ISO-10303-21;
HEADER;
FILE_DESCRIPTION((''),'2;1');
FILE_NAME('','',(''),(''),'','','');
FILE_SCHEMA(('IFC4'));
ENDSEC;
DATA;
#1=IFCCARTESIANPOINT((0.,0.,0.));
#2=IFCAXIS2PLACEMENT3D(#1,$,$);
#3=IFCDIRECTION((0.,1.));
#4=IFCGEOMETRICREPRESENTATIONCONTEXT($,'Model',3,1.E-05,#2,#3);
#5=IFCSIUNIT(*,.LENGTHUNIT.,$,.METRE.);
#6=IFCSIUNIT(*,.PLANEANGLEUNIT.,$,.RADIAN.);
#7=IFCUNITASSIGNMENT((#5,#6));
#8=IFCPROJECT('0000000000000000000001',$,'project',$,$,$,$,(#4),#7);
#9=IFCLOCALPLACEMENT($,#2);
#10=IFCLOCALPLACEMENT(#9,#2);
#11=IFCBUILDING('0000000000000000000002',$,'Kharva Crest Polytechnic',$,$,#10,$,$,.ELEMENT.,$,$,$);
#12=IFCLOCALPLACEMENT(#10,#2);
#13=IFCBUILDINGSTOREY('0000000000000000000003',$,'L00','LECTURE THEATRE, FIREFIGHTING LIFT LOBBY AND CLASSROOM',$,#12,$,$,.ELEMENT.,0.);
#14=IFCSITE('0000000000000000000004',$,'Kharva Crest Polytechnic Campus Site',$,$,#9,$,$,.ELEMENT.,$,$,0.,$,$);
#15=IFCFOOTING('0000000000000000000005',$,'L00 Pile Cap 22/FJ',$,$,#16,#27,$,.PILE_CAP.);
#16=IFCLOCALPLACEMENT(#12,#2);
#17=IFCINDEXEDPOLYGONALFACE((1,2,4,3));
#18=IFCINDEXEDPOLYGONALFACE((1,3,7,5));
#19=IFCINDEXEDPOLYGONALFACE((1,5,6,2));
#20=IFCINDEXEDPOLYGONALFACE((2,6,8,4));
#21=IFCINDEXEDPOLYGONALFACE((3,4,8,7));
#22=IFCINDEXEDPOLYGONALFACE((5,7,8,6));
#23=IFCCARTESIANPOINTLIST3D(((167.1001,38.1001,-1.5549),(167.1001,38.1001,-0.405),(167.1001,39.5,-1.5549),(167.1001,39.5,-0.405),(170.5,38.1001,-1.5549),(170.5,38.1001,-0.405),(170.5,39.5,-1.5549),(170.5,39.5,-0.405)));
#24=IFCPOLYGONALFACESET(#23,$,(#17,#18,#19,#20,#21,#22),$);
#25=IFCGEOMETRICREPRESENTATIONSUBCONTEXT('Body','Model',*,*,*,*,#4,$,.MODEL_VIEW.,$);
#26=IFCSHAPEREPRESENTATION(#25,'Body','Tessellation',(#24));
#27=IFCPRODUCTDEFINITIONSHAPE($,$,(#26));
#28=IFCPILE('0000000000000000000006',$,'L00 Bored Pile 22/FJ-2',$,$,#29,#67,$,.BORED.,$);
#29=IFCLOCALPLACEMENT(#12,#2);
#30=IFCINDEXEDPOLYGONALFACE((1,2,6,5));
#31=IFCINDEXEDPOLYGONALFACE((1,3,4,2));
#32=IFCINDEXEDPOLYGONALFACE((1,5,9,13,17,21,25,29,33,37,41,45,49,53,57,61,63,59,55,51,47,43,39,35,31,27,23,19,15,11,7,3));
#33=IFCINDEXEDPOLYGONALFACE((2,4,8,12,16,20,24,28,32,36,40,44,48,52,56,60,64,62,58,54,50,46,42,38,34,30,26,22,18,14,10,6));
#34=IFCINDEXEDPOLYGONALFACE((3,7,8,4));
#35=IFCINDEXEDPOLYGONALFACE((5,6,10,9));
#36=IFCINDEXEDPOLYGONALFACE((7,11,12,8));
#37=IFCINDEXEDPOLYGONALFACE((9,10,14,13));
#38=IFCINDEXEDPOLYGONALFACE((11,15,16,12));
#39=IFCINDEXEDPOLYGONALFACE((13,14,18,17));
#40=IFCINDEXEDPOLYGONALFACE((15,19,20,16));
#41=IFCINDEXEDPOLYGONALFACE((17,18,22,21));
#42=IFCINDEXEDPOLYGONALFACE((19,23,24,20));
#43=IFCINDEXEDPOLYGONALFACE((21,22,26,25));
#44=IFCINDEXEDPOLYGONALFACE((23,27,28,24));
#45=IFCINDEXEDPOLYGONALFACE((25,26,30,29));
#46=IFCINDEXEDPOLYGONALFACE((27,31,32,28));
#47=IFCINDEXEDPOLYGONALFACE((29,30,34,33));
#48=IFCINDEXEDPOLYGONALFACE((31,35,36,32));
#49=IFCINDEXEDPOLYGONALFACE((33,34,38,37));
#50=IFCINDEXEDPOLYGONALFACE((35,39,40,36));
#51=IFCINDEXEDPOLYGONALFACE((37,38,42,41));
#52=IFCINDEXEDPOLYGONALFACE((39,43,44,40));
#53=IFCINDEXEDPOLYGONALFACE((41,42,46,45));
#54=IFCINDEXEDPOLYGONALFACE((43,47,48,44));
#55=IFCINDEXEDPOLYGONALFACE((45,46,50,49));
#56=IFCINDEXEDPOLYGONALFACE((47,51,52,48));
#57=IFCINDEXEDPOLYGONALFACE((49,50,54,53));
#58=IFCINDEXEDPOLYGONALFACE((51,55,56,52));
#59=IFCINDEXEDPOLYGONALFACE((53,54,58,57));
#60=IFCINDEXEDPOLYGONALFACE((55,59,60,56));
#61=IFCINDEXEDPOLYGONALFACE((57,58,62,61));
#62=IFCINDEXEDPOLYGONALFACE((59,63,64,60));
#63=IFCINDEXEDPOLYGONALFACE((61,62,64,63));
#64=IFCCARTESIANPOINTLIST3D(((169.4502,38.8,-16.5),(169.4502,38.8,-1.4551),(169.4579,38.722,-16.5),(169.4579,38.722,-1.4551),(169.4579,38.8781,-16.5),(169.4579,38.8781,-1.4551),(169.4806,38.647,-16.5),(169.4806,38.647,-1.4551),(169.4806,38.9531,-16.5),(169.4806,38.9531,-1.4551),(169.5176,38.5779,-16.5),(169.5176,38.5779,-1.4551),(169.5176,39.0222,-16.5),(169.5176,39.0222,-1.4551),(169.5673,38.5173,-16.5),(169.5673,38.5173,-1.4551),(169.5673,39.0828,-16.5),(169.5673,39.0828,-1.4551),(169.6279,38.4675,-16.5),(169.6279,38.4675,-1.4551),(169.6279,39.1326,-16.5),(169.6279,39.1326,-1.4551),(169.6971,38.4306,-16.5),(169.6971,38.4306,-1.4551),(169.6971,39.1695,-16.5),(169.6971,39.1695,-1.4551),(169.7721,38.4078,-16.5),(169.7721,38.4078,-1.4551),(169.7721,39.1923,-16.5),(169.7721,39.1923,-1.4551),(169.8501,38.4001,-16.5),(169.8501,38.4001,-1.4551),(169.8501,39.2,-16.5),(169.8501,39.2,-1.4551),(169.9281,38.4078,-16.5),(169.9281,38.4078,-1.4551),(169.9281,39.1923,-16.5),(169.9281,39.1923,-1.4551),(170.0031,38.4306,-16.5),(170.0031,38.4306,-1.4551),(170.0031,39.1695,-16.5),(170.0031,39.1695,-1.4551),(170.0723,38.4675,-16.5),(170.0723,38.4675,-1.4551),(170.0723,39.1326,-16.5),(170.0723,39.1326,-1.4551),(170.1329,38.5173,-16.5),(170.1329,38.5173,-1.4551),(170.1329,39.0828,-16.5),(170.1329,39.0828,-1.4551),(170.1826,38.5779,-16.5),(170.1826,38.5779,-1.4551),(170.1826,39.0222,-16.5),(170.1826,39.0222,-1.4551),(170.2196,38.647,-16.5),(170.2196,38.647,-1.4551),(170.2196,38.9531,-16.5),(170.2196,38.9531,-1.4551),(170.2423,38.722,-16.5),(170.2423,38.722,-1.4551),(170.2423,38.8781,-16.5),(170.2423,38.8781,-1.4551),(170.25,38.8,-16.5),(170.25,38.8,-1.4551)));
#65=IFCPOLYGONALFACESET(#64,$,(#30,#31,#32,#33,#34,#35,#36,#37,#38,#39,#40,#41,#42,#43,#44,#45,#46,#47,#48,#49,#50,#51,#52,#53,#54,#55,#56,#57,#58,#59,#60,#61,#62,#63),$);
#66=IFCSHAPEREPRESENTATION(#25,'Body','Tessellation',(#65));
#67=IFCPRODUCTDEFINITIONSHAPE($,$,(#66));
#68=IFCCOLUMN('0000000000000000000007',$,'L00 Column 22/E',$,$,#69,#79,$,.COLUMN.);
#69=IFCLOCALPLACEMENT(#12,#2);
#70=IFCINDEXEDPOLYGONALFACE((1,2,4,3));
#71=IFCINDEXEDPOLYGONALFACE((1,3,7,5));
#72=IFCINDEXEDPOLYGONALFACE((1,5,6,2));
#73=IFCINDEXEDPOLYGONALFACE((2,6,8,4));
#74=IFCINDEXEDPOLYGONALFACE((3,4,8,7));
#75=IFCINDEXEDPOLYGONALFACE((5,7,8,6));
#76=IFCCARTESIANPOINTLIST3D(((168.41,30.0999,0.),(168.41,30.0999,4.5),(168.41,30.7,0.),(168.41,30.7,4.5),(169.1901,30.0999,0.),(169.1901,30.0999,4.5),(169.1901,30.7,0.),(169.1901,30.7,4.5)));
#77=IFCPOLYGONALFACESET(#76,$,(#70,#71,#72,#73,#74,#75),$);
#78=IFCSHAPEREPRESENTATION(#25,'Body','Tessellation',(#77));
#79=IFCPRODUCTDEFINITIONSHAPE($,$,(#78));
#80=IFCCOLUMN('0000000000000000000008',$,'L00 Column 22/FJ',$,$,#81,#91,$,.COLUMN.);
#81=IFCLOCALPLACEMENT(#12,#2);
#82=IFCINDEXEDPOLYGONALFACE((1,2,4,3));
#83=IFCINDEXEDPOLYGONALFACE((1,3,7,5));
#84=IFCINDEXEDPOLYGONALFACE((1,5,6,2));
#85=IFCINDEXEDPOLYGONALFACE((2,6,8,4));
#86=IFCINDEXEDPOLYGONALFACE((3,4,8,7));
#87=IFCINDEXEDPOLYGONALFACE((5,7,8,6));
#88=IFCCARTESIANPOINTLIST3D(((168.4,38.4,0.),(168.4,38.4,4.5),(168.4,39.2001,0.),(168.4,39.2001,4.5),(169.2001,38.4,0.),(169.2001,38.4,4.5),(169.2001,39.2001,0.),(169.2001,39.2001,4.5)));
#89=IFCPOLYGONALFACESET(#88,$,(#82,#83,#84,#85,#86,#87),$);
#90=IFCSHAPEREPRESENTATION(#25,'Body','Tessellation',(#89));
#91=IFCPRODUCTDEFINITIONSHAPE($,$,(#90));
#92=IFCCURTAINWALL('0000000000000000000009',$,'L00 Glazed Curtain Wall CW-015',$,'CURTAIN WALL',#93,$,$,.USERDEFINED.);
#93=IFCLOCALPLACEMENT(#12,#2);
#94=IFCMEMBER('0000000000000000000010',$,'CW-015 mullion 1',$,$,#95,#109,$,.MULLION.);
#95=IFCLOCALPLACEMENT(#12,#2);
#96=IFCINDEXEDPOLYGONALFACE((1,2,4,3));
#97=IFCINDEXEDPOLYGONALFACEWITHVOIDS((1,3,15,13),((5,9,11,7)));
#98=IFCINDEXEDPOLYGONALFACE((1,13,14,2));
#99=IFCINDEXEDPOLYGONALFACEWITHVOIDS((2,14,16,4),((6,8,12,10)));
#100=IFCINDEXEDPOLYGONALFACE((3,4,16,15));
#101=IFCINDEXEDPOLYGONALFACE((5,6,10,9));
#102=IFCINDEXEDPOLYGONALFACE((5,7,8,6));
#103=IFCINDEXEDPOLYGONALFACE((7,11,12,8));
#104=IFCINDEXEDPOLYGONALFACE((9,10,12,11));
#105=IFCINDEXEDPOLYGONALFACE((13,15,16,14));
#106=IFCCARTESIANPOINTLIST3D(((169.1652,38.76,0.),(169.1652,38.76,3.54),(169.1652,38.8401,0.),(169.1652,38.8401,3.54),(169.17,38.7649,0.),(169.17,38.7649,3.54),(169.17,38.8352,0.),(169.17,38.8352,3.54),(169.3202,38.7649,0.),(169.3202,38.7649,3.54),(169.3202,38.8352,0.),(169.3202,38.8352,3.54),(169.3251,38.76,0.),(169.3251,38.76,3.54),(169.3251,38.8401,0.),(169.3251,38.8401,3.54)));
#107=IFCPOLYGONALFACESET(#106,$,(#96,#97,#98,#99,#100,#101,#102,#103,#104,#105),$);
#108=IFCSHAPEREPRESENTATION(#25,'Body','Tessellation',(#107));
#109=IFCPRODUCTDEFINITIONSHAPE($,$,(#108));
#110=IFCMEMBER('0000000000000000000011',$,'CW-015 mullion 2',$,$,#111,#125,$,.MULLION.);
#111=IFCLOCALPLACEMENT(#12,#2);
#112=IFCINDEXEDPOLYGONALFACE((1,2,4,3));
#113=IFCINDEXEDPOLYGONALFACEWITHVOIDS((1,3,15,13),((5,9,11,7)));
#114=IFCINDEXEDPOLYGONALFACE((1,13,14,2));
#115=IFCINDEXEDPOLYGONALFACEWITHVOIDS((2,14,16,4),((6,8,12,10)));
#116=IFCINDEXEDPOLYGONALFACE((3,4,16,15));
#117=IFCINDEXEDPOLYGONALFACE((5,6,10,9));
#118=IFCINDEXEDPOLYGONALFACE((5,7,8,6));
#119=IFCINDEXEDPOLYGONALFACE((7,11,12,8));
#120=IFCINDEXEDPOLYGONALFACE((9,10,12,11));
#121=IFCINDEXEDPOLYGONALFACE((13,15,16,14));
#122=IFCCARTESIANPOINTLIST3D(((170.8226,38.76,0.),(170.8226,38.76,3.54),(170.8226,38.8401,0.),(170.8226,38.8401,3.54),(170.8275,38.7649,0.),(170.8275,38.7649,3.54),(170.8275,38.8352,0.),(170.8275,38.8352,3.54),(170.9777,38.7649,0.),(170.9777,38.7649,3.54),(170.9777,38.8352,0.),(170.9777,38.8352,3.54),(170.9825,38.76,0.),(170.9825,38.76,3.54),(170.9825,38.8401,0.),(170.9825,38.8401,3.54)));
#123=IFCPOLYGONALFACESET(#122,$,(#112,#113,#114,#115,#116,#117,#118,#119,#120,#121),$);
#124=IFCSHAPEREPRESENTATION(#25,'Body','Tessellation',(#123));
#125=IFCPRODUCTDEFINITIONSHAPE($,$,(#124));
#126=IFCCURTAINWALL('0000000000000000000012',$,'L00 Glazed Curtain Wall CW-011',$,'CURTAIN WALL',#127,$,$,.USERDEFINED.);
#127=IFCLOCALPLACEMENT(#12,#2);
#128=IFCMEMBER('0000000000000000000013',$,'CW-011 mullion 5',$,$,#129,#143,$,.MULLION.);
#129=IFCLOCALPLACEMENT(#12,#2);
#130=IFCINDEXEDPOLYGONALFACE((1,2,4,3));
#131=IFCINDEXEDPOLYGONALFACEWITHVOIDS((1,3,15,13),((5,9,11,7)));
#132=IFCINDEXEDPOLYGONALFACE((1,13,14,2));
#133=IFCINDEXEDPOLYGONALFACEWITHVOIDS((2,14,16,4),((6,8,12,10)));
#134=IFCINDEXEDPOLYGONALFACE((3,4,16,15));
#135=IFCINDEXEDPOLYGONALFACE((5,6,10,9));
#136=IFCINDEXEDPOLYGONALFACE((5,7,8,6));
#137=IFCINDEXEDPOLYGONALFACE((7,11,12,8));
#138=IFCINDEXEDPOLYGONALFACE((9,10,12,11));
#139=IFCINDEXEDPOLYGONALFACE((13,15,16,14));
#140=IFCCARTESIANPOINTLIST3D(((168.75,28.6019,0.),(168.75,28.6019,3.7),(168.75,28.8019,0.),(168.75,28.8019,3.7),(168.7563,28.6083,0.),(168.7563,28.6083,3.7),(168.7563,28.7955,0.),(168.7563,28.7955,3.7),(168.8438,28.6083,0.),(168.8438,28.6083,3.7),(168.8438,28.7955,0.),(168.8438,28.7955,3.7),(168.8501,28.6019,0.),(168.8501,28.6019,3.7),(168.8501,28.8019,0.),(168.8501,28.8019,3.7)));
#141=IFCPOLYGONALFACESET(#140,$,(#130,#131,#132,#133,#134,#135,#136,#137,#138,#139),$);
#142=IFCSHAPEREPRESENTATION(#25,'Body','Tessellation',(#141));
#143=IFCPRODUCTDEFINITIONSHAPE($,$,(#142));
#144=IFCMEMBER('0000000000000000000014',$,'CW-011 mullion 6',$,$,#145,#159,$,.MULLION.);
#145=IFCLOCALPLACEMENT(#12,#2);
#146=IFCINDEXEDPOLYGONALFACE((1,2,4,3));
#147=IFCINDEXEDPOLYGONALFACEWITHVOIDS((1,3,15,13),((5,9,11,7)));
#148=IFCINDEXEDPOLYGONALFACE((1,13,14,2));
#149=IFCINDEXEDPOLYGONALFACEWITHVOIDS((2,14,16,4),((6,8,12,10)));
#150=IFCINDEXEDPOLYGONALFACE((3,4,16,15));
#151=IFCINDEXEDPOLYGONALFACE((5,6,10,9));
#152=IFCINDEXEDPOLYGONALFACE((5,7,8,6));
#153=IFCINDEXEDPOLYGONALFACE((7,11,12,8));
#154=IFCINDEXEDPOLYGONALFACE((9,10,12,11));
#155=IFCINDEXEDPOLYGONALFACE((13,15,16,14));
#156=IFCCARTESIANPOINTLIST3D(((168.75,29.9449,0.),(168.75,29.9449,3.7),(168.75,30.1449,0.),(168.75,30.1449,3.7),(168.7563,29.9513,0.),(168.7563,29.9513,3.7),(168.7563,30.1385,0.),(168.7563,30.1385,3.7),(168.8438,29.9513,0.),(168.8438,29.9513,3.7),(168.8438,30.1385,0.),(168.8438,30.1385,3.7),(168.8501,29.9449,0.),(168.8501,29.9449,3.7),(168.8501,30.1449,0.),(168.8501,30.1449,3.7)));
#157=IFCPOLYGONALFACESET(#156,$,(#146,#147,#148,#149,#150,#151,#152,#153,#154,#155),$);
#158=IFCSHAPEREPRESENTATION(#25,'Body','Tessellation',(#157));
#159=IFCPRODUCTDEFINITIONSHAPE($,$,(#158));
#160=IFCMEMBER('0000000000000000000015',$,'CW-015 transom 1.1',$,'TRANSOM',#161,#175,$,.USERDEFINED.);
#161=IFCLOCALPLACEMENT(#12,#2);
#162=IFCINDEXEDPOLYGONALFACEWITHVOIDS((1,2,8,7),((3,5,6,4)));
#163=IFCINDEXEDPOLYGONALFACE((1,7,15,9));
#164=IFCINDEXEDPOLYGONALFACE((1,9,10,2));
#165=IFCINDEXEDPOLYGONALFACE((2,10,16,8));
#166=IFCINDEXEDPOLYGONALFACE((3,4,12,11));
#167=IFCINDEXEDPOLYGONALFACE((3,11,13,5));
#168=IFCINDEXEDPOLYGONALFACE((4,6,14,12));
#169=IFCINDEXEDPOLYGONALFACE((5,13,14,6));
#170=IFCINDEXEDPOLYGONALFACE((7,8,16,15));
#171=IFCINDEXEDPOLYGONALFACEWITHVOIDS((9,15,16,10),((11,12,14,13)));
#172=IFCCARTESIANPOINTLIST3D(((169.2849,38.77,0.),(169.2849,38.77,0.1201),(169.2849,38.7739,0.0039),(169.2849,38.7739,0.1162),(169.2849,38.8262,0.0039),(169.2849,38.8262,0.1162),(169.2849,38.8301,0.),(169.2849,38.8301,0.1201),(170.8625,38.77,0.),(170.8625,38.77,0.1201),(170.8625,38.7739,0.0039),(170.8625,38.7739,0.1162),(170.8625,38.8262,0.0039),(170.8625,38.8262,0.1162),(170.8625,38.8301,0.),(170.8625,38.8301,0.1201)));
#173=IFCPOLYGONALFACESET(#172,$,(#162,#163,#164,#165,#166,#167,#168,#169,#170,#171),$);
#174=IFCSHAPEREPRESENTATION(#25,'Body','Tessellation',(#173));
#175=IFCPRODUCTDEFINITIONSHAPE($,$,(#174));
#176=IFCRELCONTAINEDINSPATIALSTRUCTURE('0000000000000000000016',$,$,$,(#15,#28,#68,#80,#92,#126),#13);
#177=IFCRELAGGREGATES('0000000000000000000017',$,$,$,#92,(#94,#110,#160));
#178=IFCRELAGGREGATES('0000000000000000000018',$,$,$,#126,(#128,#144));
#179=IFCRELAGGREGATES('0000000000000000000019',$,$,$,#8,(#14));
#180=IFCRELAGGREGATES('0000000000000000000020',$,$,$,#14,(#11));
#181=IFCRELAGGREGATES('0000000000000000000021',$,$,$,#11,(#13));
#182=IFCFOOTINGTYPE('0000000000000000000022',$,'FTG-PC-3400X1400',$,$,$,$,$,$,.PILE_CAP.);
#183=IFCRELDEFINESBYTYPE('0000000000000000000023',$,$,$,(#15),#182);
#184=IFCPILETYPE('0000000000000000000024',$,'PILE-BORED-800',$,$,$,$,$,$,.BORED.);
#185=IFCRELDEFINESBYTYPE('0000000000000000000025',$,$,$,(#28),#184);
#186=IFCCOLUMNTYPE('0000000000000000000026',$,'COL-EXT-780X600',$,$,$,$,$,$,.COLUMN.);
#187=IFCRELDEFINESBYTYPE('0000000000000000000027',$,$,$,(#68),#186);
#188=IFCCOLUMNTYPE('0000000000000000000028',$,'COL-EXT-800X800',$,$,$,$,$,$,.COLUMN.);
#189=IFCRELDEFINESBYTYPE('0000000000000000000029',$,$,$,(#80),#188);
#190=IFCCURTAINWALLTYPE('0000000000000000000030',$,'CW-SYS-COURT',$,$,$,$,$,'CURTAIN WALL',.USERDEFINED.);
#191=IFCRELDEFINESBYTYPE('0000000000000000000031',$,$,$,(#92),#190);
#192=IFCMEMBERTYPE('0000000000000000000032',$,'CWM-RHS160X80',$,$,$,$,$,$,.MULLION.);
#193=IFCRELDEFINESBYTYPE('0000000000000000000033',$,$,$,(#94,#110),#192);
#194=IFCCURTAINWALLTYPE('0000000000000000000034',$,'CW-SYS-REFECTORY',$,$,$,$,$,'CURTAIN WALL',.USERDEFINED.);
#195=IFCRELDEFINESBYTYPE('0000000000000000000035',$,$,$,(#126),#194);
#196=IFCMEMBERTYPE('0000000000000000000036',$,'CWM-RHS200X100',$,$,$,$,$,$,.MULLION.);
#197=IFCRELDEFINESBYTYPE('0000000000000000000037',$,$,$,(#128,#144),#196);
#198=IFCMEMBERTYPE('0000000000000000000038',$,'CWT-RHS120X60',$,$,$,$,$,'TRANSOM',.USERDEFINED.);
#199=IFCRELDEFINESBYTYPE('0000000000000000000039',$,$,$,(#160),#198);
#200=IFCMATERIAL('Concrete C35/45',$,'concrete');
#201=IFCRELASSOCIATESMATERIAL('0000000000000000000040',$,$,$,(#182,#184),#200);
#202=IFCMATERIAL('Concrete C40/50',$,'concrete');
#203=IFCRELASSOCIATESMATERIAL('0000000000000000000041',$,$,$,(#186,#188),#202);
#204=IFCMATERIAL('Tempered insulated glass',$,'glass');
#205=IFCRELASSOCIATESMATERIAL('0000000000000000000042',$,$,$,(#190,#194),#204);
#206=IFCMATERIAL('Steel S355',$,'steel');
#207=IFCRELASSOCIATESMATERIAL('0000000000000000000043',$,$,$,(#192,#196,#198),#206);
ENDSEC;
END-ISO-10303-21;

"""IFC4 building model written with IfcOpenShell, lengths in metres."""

from ifc_helpers import new_model, si_unit, direction, frame, origin, origin_2d, place, context, subcontext, project, spatial, rectangle, hollow_rectangle, circle, extrude, material, material_profile, profile_set, type_object, element, aggregate, save


model = new_model("IFC4")

# Units and contexts
model_context = context("Model", 3, precision=1e-05, world=origin(), true_north=direction((0.0, 1.0)))
body_context = subcontext(model_context, "Body", "Model", "MODEL_VIEW")
ifc_project = project(units=[si_unit("LENGTHUNIT", "METRE"), si_unit("PLANEANGLEUNIT", "RADIAN")], contexts=[model_context])

# Site, building, storey
site_placement = place(None, origin())
site = spatial("IfcSite", under=ifc_project, at=site_placement, Name="Kharva Crest Polytechnic Campus Site", CompositionType="ELEMENT", RefElevation=0.0)
building_placement = place(site_placement, origin())
building = spatial("IfcBuilding", under=site, at=building_placement, Name="Kharva Crest Polytechnic", CompositionType="ELEMENT")
storey_placement = place(building_placement, origin())
storey = spatial("IfcBuildingStorey", under=building, at=storey_placement, Name="L00", Description="LECTURE THEATRE, FIREFIGHTING LIFT LOBBY AND CLASSROOM", CompositionType="ELEMENT", Elevation=0.0)

# Footing
ifc_material_1 = material(Name="Concrete C35/45", Category="concrete")
footing_type = type_object("IfcFootingType", Name="FTG-PC-3400X1400", PredefinedType="PILE_CAP", material=ifc_material_1)
footing_placement = place(storey_placement, frame((168.8, 38.8, -1.5549), z_axis=(0.0, 0.0, 1.0), x_axis=(1.0, 0.0, 0.0)))
element("IfcFooting", 1, at=footing_placement, inside=storey, type_object=footing_type, Name="L00 Pile Cap 22/FJ", PredefinedType="PILE_CAP", context=body_context, shape_type="SweptSolid", body=[
    extrude(rectangle(XDim=3.3999, YDim=1.3999, at=origin_2d()), origin(), (0.0, 0.0, 1.0), 1.1499),
])

# Pile
ifc_material_profile_1 = material_profile(ifc_material_1, circle(Radius=0.3999, at=origin_2d()), Name="DIA 800")
ifc_profile_set_1 = profile_set([ifc_material_profile_1], Name="Concrete C35/45")
pile_type = type_object("IfcPileType", Name="PILE-BORED-800", PredefinedType="BORED", material=ifc_profile_set_1)
pile_placement = place(storey_placement, frame((169.8501, 38.8, -1.4551), z_axis=(0.0, 0.0, -1.0), x_axis=(1.0, 0.0, 0.0)))
element("IfcPile", 2, at=pile_placement, inside=storey, type_object=pile_type, Name="L00 Bored Pile 22/FJ-2", PredefinedType="BORED", context=body_context, shape_type="SweptSolid", body=[
    extrude(circle(Radius=0.3999, at=origin_2d()), origin(), (0.0, 0.0, 1.0), 15.0449),
])

# Columns
ifc_material_2 = material(Name="Concrete C40/50", Category="concrete")
ifc_material_profile_2 = material_profile(ifc_material_2, rectangle(XDim=0.78, YDim=0.6001, at=origin_2d()), Name="RECT 780 X 600")
ifc_profile_set_2 = profile_set([ifc_material_profile_2], Name="Concrete C40/50")
column_type_1 = type_object("IfcColumnType", Name="COL-EXT-780X600", PredefinedType="COLUMN", material=ifc_profile_set_2)
column_1_placement = place(storey_placement, frame((168.8, 30.3999, 0.0), z_axis=(0.0, 0.0, 1.0), x_axis=(1.0, 0.0, 0.0)))
element("IfcColumn", 3, at=column_1_placement, inside=storey, type_object=column_type_1, Name="L00 Column 22/E", PredefinedType="COLUMN", context=body_context, shape_type="SweptSolid", body=[
    extrude(rectangle(XDim=0.78, YDim=0.6001, at=origin_2d()), origin(), (0.0, 0.0, 1.0), 4.5),
])
ifc_material_profile_3 = material_profile(ifc_material_2, rectangle(XDim=0.8, YDim=0.8, at=origin_2d()), Name="RECT 800 X 800")
ifc_profile_set_3 = profile_set([ifc_material_profile_3], Name="Concrete C40/50")
column_type_2 = type_object("IfcColumnType", Name="COL-EXT-800X800", PredefinedType="COLUMN", material=ifc_profile_set_3)
column_2_placement = place(storey_placement, frame((168.8, 38.8, 0.0), z_axis=(0.0, 0.0, 1.0), x_axis=(1.0, 0.0, 0.0)))
element("IfcColumn", 4, at=column_2_placement, inside=storey, type_object=column_type_2, Name="L00 Column 22/FJ", PredefinedType="COLUMN", context=body_context, shape_type="SweptSolid", body=[
    extrude(rectangle(XDim=0.8, YDim=0.8, at=origin_2d()), origin(), (0.0, 0.0, 1.0), 4.5),
])

# Curtain walls, members
ifc_material_3 = material(Name="Tempered insulated glass", Category="glass")
curtain_wall_type_1 = type_object("IfcCurtainWallType", Name="CW-SYS-COURT", ElementType="CURTAIN WALL", PredefinedType="USERDEFINED", material=ifc_material_3)
curtain_wall_1_placement = place(storey_placement, origin())
curtain_wall_1 = element("IfcCurtainWall", 5, at=curtain_wall_1_placement, inside=storey, type_object=curtain_wall_type_1, Name="L00 Glazed Curtain Wall CW-015", ObjectType="CURTAIN WALL", PredefinedType="USERDEFINED")
ifc_material_4 = material(Name="Steel S355", Category="steel")
ifc_material_profile_4 = material_profile(ifc_material_4, hollow_rectangle(XDim=0.0801, YDim=0.1599, WallThickness=0.0049, at=origin_2d()), Name="RHS 160X80X5.0")
ifc_profile_set_4 = profile_set([ifc_material_profile_4], Name="Steel S355")
member_type_1 = type_object("IfcMemberType", Name="CWM-RHS160X80", PredefinedType="MULLION", material=ifc_profile_set_4)
member_1_placement = place(storey_placement, frame((169.2451, 38.8, 0.0), z_axis=(0.0, 0.0, 1.0), x_axis=(0.0, 1.0, 0.0)))
member_1 = element("IfcMember", 6, at=member_1_placement, type_object=member_type_1, Name="CW-015 mullion 1", PredefinedType="MULLION", context=body_context, shape_type="SweptSolid", body=[
    extrude(hollow_rectangle(XDim=0.0801, YDim=0.1599, WallThickness=0.0049, at=origin_2d()), origin(), (0.0, 0.0, 1.0), 3.54),
])
member_2_placement = place(storey_placement, frame((170.9026, 38.8, 0.0), z_axis=(0.0, 0.0, 1.0), x_axis=(0.0, 1.0, 0.0)))
member_2 = element("IfcMember", 7, at=member_2_placement, type_object=member_type_1, Name="CW-015 mullion 2", PredefinedType="MULLION", context=body_context, shape_type="SweptSolid", body=[
    extrude(hollow_rectangle(XDim=0.0801, YDim=0.1599, WallThickness=0.0049, at=origin_2d()), origin(), (0.0, 0.0, 1.0), 3.54),
])
curtain_wall_type_2 = type_object("IfcCurtainWallType", Name="CW-SYS-REFECTORY", ElementType="CURTAIN WALL", PredefinedType="USERDEFINED", material=ifc_material_3)
curtain_wall_2_placement = place(storey_placement, origin())
curtain_wall_2 = element("IfcCurtainWall", 8, at=curtain_wall_2_placement, inside=storey, type_object=curtain_wall_type_2, Name="L00 Glazed Curtain Wall CW-011", ObjectType="CURTAIN WALL", PredefinedType="USERDEFINED")
ifc_material_profile_5 = material_profile(ifc_material_4, hollow_rectangle(XDim=0.1001, YDim=0.2, WallThickness=0.0063, at=origin_2d()), Name="RHS 200X100X6.3")
ifc_profile_set_5 = profile_set([ifc_material_profile_5], Name="Steel S355")
member_type_2 = type_object("IfcMemberType", Name="CWM-RHS200X100", PredefinedType="MULLION", material=ifc_profile_set_5)
member_3_placement = place(storey_placement, frame((168.8, 28.7019, 0.0), z_axis=(0.0, 0.0, 1.0), x_axis=(-1.0, 0.0, 0.0)))
member_3 = element("IfcMember", 9, at=member_3_placement, type_object=member_type_2, Name="CW-011 mullion 5", PredefinedType="MULLION", context=body_context, shape_type="SweptSolid", body=[
    extrude(hollow_rectangle(XDim=0.1001, YDim=0.2, WallThickness=0.0063, at=origin_2d()), origin(), (0.0, 0.0, 1.0), 3.7),
])
member_4_placement = place(storey_placement, frame((168.8, 30.0449, 0.0), z_axis=(0.0, 0.0, 1.0), x_axis=(-1.0, 0.0, 0.0)))
member_4 = element("IfcMember", 10, at=member_4_placement, type_object=member_type_2, Name="CW-011 mullion 6", PredefinedType="MULLION", context=body_context, shape_type="SweptSolid", body=[
    extrude(hollow_rectangle(XDim=0.1001, YDim=0.2, WallThickness=0.0063, at=origin_2d()), origin(), (0.0, 0.0, 1.0), 3.7),
])

# Member
ifc_material_profile_6 = material_profile(ifc_material_4, hollow_rectangle(XDim=0.0601, YDim=0.1201, WallThickness=0.0039, at=origin_2d()), Name="RHS 120X60X4.0")
ifc_profile_set_6 = profile_set([ifc_material_profile_6], Name="Steel S355")
member_type_3 = type_object("IfcMemberType", Name="CWT-RHS120X60", ElementType="TRANSOM", PredefinedType="USERDEFINED", material=ifc_profile_set_6)
member_5_placement = place(storey_placement, frame((169.2849, 38.8, 0.0601), z_axis=(1.0, 0.0, 0.0), x_axis=(0.0, 1.0, 0.0)))
member_5 = element("IfcMember", 11, at=member_5_placement, type_object=member_type_3, Name="CW-015 transom 1.1", ObjectType="TRANSOM", PredefinedType="USERDEFINED", context=body_context, shape_type="SweptSolid", body=[
    extrude(hollow_rectangle(XDim=0.0601, YDim=0.1201, WallThickness=0.0039, at=origin_2d()), origin(), (0.0, 0.0, 1.0), 1.5776),
])

aggregate(curtain_wall_1, [member_1, member_2, member_5])
aggregate(curtain_wall_2, [member_3, member_4])

save(model, "model.ifc")
